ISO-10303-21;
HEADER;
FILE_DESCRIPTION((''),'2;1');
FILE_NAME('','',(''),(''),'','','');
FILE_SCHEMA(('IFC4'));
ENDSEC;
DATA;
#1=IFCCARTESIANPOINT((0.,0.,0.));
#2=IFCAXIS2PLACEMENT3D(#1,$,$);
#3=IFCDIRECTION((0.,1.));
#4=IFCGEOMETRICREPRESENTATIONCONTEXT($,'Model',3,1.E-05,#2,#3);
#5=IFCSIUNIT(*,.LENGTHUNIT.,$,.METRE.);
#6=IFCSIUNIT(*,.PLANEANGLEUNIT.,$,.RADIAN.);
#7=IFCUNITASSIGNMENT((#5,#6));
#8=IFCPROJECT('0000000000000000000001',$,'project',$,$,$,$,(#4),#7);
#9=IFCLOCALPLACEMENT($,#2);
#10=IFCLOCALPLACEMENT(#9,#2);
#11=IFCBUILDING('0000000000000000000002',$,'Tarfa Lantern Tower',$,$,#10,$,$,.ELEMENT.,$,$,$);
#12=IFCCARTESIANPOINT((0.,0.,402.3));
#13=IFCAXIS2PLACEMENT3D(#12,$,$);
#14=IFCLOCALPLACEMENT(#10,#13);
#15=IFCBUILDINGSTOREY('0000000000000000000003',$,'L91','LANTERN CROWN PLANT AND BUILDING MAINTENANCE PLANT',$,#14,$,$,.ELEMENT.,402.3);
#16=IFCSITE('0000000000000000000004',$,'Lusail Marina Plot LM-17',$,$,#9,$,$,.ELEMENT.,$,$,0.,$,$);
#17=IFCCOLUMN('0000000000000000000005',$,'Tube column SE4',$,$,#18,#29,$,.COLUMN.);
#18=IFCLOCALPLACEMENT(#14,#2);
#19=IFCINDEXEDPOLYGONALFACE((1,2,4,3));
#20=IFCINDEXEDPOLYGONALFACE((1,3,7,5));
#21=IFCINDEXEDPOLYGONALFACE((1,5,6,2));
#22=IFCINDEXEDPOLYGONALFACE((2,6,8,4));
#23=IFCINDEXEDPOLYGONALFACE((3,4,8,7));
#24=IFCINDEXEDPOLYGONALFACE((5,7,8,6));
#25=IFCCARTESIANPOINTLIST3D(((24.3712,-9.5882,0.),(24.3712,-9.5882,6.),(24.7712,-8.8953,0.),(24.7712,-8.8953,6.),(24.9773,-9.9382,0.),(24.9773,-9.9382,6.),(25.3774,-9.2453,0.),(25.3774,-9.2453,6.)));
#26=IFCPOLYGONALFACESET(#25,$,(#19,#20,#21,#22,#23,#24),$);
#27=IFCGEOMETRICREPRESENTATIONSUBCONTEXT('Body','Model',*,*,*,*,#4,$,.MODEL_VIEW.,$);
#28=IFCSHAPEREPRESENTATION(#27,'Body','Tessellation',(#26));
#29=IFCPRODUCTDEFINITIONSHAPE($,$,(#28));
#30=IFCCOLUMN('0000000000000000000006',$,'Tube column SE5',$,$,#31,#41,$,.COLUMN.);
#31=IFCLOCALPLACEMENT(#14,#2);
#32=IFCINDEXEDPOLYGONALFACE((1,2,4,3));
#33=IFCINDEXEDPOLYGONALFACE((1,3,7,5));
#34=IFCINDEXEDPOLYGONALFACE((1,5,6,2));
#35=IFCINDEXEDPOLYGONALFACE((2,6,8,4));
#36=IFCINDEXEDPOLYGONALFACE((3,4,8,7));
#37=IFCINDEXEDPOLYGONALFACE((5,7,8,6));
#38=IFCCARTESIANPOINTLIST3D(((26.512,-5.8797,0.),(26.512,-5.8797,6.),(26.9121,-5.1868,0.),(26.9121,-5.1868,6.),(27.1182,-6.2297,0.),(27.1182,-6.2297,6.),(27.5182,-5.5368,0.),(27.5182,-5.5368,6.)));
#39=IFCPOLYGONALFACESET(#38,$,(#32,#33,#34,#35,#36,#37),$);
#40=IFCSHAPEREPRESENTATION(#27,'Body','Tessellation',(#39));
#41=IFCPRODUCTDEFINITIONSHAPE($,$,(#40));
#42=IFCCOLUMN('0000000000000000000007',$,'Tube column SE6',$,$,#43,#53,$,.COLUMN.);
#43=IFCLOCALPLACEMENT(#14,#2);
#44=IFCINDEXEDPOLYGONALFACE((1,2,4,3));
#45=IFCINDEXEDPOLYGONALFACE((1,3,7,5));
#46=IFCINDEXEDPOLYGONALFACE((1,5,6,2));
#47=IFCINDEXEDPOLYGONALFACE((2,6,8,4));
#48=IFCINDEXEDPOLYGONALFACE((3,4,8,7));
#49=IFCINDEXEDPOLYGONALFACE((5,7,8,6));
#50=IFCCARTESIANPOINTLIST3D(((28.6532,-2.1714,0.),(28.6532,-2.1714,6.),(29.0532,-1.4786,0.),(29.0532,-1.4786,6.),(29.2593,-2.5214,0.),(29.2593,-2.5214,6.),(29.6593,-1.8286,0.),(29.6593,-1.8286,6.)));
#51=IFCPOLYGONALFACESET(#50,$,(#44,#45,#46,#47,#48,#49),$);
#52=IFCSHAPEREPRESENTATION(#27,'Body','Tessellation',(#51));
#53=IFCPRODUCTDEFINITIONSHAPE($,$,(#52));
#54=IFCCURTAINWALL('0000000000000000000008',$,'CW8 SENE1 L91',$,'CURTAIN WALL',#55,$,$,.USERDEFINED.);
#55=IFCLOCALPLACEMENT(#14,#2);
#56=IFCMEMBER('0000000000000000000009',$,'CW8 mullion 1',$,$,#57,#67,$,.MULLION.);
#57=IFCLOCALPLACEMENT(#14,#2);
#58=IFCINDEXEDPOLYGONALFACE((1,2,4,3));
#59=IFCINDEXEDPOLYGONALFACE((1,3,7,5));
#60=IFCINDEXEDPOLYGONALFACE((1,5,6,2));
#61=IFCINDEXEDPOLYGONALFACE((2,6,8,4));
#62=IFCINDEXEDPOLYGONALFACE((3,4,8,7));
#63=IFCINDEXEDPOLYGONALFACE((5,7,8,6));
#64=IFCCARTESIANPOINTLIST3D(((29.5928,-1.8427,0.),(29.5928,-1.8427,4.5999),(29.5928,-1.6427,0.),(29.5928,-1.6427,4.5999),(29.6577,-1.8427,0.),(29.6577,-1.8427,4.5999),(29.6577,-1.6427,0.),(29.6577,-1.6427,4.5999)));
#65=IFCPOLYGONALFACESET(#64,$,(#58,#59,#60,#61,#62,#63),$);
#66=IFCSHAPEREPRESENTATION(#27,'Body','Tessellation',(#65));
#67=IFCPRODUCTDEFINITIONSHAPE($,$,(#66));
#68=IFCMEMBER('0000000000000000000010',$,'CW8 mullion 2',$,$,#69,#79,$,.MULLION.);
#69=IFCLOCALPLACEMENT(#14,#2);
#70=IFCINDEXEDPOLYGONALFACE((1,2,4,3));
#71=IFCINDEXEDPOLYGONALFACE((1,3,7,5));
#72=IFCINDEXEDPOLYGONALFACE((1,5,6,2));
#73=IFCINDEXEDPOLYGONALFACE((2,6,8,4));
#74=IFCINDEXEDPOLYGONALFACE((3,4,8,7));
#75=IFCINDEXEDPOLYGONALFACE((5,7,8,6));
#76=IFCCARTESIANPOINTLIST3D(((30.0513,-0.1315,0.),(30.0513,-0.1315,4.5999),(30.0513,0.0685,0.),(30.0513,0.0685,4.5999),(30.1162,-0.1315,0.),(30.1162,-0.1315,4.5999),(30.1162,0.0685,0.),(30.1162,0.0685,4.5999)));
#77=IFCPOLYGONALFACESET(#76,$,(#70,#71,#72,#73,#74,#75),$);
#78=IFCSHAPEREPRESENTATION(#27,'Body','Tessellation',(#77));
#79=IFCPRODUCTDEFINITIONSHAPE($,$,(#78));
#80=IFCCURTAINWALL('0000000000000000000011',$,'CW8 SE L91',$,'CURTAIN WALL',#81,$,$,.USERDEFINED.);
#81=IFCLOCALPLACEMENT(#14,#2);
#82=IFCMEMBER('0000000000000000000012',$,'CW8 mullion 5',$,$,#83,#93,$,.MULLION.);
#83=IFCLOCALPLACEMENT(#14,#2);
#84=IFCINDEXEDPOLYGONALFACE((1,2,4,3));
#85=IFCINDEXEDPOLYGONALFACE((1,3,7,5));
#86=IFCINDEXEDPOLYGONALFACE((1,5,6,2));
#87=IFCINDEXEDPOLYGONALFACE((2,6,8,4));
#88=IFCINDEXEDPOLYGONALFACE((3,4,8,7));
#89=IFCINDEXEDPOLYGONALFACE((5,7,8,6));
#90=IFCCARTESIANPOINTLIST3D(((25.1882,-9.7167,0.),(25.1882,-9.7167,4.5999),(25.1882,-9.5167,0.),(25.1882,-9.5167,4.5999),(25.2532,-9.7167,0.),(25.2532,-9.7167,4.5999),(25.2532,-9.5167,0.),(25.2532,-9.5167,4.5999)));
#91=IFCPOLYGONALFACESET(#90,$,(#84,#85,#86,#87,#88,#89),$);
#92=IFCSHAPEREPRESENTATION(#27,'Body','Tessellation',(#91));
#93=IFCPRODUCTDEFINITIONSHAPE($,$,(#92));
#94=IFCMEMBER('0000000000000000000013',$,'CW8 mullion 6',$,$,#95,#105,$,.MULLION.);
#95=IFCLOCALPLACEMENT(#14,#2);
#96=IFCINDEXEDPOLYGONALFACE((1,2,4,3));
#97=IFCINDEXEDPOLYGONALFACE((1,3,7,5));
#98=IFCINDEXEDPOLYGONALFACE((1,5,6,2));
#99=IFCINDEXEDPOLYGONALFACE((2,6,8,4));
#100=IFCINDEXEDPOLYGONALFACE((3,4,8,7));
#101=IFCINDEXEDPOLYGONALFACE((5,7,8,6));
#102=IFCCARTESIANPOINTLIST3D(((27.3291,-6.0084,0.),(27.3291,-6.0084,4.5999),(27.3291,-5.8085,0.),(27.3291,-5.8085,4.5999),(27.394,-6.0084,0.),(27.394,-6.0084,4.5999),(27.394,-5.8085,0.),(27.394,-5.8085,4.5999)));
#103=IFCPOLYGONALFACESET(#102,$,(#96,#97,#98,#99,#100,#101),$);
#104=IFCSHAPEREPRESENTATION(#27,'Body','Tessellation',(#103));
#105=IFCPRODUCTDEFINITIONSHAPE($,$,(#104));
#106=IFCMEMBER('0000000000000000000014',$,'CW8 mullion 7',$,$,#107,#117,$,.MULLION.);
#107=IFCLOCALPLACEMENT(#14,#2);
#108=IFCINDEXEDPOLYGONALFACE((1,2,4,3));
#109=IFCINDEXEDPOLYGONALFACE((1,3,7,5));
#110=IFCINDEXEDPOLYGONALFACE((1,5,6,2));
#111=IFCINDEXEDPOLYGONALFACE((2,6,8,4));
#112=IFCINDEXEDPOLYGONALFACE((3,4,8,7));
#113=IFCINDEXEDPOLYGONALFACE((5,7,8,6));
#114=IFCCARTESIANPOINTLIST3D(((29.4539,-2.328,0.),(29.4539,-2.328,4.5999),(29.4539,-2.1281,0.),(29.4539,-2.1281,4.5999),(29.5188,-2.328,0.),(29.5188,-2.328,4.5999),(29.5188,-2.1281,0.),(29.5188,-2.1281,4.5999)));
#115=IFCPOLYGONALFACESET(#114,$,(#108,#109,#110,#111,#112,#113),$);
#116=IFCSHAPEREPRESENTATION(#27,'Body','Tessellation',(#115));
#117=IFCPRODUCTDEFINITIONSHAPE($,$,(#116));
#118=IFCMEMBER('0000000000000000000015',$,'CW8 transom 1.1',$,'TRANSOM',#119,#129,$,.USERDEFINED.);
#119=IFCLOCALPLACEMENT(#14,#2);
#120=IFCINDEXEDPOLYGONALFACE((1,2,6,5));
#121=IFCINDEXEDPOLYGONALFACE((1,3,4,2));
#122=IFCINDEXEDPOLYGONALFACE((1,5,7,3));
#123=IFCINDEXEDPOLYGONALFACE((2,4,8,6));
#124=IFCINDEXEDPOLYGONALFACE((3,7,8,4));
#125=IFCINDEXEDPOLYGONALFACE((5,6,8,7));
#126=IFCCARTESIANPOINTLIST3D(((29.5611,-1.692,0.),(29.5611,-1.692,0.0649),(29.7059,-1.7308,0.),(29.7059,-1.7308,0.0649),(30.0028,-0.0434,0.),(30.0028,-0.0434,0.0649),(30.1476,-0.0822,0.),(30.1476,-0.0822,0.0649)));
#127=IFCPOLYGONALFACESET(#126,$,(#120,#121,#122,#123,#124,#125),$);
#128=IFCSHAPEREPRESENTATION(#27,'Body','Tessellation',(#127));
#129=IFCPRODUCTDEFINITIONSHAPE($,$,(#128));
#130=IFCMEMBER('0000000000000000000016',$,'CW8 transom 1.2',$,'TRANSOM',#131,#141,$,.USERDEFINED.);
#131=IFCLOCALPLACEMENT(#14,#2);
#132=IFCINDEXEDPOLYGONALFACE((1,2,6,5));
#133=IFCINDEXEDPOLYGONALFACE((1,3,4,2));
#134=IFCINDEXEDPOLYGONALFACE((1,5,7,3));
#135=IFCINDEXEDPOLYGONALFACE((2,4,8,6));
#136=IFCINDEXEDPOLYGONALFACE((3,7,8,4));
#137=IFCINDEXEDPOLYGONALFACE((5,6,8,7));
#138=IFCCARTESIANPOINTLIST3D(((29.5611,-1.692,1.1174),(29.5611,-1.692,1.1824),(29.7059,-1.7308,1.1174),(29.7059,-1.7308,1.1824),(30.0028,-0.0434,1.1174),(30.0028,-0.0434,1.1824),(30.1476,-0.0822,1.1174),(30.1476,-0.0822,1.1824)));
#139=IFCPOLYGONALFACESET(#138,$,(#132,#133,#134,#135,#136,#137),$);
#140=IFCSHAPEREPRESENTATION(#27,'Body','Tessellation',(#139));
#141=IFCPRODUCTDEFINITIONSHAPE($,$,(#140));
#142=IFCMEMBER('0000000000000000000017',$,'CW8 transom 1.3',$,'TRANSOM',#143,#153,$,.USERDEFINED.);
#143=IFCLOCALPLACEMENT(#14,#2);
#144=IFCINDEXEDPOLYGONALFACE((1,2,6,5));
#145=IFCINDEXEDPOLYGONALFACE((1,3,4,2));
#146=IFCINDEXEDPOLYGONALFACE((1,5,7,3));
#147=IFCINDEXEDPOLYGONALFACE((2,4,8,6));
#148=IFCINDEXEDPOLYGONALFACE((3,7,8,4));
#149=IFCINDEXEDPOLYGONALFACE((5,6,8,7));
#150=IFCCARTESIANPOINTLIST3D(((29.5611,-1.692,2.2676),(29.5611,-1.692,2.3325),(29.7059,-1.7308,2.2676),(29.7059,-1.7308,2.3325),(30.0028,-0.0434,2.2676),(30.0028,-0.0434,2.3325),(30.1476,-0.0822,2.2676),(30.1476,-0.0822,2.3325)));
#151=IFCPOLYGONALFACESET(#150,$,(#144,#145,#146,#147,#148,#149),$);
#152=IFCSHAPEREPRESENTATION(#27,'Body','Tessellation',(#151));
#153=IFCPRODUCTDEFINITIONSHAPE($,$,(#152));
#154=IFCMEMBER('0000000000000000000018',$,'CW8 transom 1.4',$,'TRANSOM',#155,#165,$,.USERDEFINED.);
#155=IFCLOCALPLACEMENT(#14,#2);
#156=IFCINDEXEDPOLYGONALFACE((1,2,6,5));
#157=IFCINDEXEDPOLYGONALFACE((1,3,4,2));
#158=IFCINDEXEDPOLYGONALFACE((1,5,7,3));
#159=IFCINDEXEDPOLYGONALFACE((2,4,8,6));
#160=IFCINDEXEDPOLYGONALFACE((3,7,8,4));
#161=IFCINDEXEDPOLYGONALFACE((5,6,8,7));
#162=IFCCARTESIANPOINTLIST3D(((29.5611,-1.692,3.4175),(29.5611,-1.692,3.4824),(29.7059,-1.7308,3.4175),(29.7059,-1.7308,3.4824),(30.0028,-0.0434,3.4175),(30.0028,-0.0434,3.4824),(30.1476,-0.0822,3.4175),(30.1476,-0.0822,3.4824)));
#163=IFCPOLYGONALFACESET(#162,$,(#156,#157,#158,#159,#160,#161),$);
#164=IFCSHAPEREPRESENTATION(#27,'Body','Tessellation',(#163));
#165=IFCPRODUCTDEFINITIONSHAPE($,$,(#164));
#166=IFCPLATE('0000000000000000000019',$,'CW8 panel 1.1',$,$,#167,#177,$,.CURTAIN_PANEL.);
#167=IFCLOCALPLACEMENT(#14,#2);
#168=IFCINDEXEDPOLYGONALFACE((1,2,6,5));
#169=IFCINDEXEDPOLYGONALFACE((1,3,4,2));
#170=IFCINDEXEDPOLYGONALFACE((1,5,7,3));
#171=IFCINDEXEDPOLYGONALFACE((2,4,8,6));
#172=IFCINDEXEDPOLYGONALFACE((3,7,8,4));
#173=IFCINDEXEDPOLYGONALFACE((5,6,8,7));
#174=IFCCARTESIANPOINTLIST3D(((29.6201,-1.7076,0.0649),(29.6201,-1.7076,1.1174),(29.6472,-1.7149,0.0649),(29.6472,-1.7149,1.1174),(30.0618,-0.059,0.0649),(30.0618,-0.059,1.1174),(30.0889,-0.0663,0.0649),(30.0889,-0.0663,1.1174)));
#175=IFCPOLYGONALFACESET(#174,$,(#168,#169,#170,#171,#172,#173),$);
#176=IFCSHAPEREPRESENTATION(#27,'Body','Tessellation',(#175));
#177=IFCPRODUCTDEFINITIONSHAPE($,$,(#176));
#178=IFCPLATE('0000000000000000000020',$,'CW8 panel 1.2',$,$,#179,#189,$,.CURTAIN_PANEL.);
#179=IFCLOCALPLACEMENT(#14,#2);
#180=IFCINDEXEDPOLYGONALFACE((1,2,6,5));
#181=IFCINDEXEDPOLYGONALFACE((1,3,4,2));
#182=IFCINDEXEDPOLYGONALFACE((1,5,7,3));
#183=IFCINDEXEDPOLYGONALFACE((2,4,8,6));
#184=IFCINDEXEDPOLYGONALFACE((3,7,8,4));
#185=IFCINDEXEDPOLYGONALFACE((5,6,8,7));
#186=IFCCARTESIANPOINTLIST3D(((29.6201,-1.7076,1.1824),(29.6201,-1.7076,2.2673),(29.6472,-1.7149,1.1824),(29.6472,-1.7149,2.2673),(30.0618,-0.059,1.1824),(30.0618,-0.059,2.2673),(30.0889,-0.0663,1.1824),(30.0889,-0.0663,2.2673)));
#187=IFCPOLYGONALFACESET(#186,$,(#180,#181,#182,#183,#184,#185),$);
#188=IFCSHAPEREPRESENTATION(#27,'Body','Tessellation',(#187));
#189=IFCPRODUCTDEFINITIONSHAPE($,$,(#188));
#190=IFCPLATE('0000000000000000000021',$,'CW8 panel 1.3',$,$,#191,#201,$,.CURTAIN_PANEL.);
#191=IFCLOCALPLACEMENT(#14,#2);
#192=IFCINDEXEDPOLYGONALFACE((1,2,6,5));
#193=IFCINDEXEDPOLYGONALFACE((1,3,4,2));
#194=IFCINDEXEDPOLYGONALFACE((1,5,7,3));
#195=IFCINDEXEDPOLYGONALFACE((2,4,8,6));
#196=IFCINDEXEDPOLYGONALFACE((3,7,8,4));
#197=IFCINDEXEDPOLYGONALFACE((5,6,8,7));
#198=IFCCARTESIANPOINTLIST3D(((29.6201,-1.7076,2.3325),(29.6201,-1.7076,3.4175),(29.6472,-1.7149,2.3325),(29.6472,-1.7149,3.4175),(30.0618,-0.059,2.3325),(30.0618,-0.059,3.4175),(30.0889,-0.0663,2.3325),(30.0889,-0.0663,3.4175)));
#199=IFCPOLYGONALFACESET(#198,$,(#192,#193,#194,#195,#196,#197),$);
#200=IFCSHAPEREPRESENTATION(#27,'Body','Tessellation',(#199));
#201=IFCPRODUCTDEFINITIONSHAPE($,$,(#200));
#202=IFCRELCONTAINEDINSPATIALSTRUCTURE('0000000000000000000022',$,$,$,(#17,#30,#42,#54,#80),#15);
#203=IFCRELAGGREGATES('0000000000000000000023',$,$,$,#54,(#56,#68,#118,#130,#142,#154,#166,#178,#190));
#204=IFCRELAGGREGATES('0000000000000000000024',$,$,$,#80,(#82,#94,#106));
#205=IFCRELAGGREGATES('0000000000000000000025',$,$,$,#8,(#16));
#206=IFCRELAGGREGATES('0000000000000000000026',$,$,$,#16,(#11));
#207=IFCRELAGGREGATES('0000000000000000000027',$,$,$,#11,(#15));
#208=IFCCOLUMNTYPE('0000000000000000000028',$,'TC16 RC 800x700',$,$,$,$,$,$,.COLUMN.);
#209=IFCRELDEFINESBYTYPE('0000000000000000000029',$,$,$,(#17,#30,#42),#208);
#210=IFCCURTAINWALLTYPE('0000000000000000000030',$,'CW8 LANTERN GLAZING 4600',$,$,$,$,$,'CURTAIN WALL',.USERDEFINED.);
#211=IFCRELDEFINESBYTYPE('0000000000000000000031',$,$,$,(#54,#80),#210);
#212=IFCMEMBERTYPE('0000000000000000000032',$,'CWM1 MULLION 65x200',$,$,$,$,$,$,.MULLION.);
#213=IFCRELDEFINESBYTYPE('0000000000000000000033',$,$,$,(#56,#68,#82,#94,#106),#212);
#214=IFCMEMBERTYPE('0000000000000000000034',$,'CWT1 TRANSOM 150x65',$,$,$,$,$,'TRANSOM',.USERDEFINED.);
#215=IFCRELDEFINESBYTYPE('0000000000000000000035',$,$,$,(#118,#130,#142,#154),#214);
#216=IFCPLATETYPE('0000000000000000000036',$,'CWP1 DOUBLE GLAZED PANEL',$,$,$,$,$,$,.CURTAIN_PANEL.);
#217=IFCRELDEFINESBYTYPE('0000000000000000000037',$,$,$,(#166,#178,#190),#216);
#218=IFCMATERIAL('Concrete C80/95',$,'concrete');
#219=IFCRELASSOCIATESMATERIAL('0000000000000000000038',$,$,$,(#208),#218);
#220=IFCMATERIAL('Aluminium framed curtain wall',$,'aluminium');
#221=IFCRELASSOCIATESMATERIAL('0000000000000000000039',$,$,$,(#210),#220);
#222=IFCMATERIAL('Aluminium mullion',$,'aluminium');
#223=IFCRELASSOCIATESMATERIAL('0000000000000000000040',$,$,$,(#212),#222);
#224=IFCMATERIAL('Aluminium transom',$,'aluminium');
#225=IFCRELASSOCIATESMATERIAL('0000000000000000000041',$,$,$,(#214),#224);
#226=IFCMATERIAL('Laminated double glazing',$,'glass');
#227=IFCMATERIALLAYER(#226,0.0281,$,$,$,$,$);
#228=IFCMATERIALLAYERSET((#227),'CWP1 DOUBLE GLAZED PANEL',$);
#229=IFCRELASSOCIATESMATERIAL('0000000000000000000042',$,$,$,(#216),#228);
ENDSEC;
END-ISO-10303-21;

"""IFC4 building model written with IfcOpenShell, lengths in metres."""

from ifc_helpers import new_model, si_unit, direction, frame, origin, origin_2d, place, context, subcontext, project, spatial, rectangle, extrude, material, layer, layer_set, material_profile, profile_set, type_object, element, aggregate, save


model = new_model("IFC4")

# Units and contexts
model_context = context("Model", 3, precision=1e-05, world=origin(), true_north=direction((0.0, 1.0)))
body_context = subcontext(model_context, "Body", "Model", "MODEL_VIEW")
ifc_project = project(units=[si_unit("LENGTHUNIT", "METRE"), si_unit("PLANEANGLEUNIT", "RADIAN")], contexts=[model_context])

# Site, building, storey
site_placement = place(None, origin())
site = spatial("IfcSite", under=ifc_project, at=site_placement, Name="Lusail Marina Plot LM-17", CompositionType="ELEMENT", RefElevation=0.0)
building_placement = place(site_placement, origin())
building = spatial("IfcBuilding", under=site, at=building_placement, Name="Tarfa Lantern Tower", CompositionType="ELEMENT")
storey_placement = place(building_placement, frame((0.0, 0.0, 402.3)))
storey = spatial("IfcBuildingStorey", under=building, at=storey_placement, Name="L91", Description="LANTERN CROWN PLANT AND BUILDING MAINTENANCE PLANT", CompositionType="ELEMENT", Elevation=402.3)

# Columns
ifc_material_1 = material(Name="Concrete C80/95", Category="concrete")
ifc_material_profile_1 = material_profile(ifc_material_1, rectangle(XDim=0.8, YDim=0.7, at=origin_2d()), Name="RC 800x700")
ifc_profile_set_1 = profile_set([ifc_material_profile_1], Name="Concrete C80/95")
column_type = type_object("IfcColumnType", Name="TC16 RC 800x700", PredefinedType="COLUMN", material=ifc_profile_set_1)
for number, where, z_axis, x_axis, name in (
    (1, (24.8743, -9.4167, 0.0), (0.0, 0.0, 1.0), (0.5, 0.866025, 0.0), "Tube column SE4"),
    (2, (27.0151, -5.7083, 0.0), (0.0, 0.0, 1.0), (0.5, 0.866025, 0.0), "Tube column SE5"),
    (3, (29.1562, -2.0, 0.0), (0.0, 0.0, 1.0), (0.5, 0.866025, 0.0), "Tube column SE6"),
):
    element("IfcColumn", number, at=place(storey_placement, frame(where, z_axis=z_axis, x_axis=x_axis)), inside=storey, type_object=column_type, Name=name, PredefinedType="COLUMN", context=body_context, shape_type="SweptSolid", body=[
        extrude(rectangle(XDim=0.8, YDim=0.7, at=origin_2d()), origin(), (0.0, 0.0, 1.0), 6.0),
    ])

# Curtain walls, members
ifc_material_2 = material(Name="Aluminium framed curtain wall", Category="aluminium")
curtain_wall_type = type_object("IfcCurtainWallType", Name="CW8 LANTERN GLAZING 4600", ElementType="CURTAIN WALL", PredefinedType="USERDEFINED", material=ifc_material_2)
curtain_wall_1_placement = place(storey_placement, origin())
curtain_wall_1 = element("IfcCurtainWall", 4, at=curtain_wall_1_placement, inside=storey, type_object=curtain_wall_type, Name="CW8 SENE1 L91", ObjectType="CURTAIN WALL", PredefinedType="USERDEFINED")
ifc_material_3 = material(Name="Aluminium mullion", Category="aluminium")
ifc_material_profile_2 = material_profile(ifc_material_3, rectangle(XDim=0.0649, YDim=0.2, at=origin_2d()), Name="AL MULLION 65x200")
ifc_profile_set_2 = profile_set([ifc_material_profile_2], Name="Aluminium mullion")
member_type_1 = type_object("IfcMemberType", Name="CWM1 MULLION 65x200", PredefinedType="MULLION", material=ifc_profile_set_2)
member_1_placement = place(storey_placement, frame((29.6252, -1.7427, 0.0), z_axis=(0.0, 0.0, 1.0), x_axis=(1.0, 0.0, 0.0)))
member_1 = element("IfcMember", 5, at=member_1_placement, type_object=member_type_1, Name="CW8 mullion 1", PredefinedType="MULLION", context=body_context, shape_type="SweptSolid", body=[
    extrude(rectangle(XDim=0.0649, YDim=0.2, at=origin_2d()), origin(), (0.0, 0.0, 1.0), 4.5999),
])
member_2_placement = place(storey_placement, frame((30.0837, -0.0315, 0.0), z_axis=(0.0, 0.0, 1.0), x_axis=(1.0, 0.0, 0.0)))
member_2 = element("IfcMember", 6, at=member_2_placement, type_object=member_type_1, Name="CW8 mullion 2", PredefinedType="MULLION", context=body_context, shape_type="SweptSolid", body=[
    extrude(rectangle(XDim=0.0649, YDim=0.2, at=origin_2d()), origin(), (0.0, 0.0, 1.0), 4.5999),
])
curtain_wall_2_placement = place(storey_placement, origin())
curtain_wall_2 = element("IfcCurtainWall", 7, at=curtain_wall_2_placement, inside=storey, type_object=curtain_wall_type, Name="CW8 SE L91", ObjectType="CURTAIN WALL", PredefinedType="USERDEFINED")
member_3_placement = place(storey_placement, frame((25.2207, -9.6167, 0.0), z_axis=(0.0, 0.0, 1.0), x_axis=(1.0, 0.0, 0.0)))
member_3 = element("IfcMember", 8, at=member_3_placement, type_object=member_type_1, Name="CW8 mullion 5", PredefinedType="MULLION", context=body_context, shape_type="SweptSolid", body=[
    extrude(rectangle(XDim=0.0649, YDim=0.2, at=origin_2d()), origin(), (0.0, 0.0, 1.0), 4.5999),
])
member_4_placement = place(storey_placement, frame((27.3616, -5.9084, 0.0), z_axis=(0.0, 0.0, 1.0), x_axis=(1.0, 0.0, 0.0)))
member_4 = element("IfcMember", 9, at=member_4_placement, type_object=member_type_1, Name="CW8 mullion 6", PredefinedType="MULLION", context=body_context, shape_type="SweptSolid", body=[
    extrude(rectangle(XDim=0.0649, YDim=0.2, at=origin_2d()), origin(), (0.0, 0.0, 1.0), 4.5999),
])
member_5_placement = place(storey_placement, frame((29.4863, -2.228, 0.0), z_axis=(0.0, 0.0, 1.0), x_axis=(1.0, 0.0, 0.0)))
member_5 = element("IfcMember", 10, at=member_5_placement, type_object=member_type_1, Name="CW8 mullion 7", PredefinedType="MULLION", context=body_context, shape_type="SweptSolid", body=[
    extrude(rectangle(XDim=0.0649, YDim=0.2, at=origin_2d()), origin(), (0.0, 0.0, 1.0), 4.5999),
])

# Members
ifc_material_4 = material(Name="Aluminium transom", Category="aluminium")
ifc_material_profile_3 = material_profile(ifc_material_4, rectangle(XDim=0.1499, YDim=0.0649, at=origin_2d()), Name="AL TRANSOM 150x65")
ifc_profile_set_3 = profile_set([ifc_material_profile_3], Name="Aluminium transom")
member_type_2 = type_object("IfcMemberType", Name="CWT1 TRANSOM 150x65", ElementType="TRANSOM", PredefinedType="USERDEFINED", material=ifc_profile_set_3)
member_6_placement = place(storey_placement, frame((29.6335, -1.7114, 0.0325), z_axis=(0.258758, 0.965942, 0.0), x_axis=(-0.965942, 0.258758, 0.0)))
member_6 = element("IfcMember", 11, at=member_6_placement, type_object=member_type_2, Name="CW8 transom 1.1", ObjectType="TRANSOM", PredefinedType="USERDEFINED", context=body_context, shape_type="SweptSolid", body=[
    extrude(rectangle(XDim=0.1499, YDim=0.0649, at=origin_2d()), origin(), (0.0, 0.0, 1.0), 1.7068),
])
member_7_placement = place(storey_placement, frame((29.6335, -1.7114, 1.1499), z_axis=(0.258758, 0.965942, 0.0), x_axis=(-0.965942, 0.258758, 0.0)))
member_7 = element("IfcMember", 12, at=member_7_placement, type_object=member_type_2, Name="CW8 transom 1.2", ObjectType="TRANSOM", PredefinedType="USERDEFINED", context=body_context, shape_type="SweptSolid", body=[
    extrude(rectangle(XDim=0.1499, YDim=0.0649, at=origin_2d()), origin(), (0.0, 0.0, 1.0), 1.7068),
])
member_8_placement = place(storey_placement, frame((29.6335, -1.7114, 2.3), z_axis=(0.258758, 0.965942, 0.0), x_axis=(-0.965942, 0.258758, 0.0)))
member_8 = element("IfcMember", 13, at=member_8_placement, type_object=member_type_2, Name="CW8 transom 1.3", ObjectType="TRANSOM", PredefinedType="USERDEFINED", context=body_context, shape_type="SweptSolid", body=[
    extrude(rectangle(XDim=0.1499, YDim=0.0649, at=origin_2d()), origin(), (0.0, 0.0, 1.0), 1.7068),
])
member_9_placement = place(storey_placement, frame((29.6335, -1.7114, 3.45), z_axis=(0.258758, 0.965942, 0.0), x_axis=(-0.965942, 0.258758, 0.0)))
member_9 = element("IfcMember", 14, at=member_9_placement, type_object=member_type_2, Name="CW8 transom 1.4", ObjectType="TRANSOM", PredefinedType="USERDEFINED", context=body_context, shape_type="SweptSolid", body=[
    extrude(rectangle(XDim=0.1499, YDim=0.0649, at=origin_2d()), origin(), (0.0, 0.0, 1.0), 1.7068),
])

# Plates
ifc_material_5 = material(Name="Laminated double glazing", Category="glass")
ifc_layer = layer(ifc_material_5, 0.0281)
ifc_layer_set = layer_set([ifc_layer], Name="CWP1 DOUBLE GLAZED PANEL")
plate_type = type_object("IfcPlateType", Name="CWP1 DOUBLE GLAZED PANEL", PredefinedType="CURTAIN_PANEL", material=ifc_layer_set)
plate_1_placement = place(storey_placement, frame((29.8545, -0.887, 0.0649), z_axis=(0.0, 0.0, 1.0), x_axis=(0.258819, 0.965926, 0.0)))
plate_1 = element("IfcPlate", 15, at=plate_1_placement, type_object=plate_type, Name="CW8 panel 1.1", PredefinedType="CURTAIN_PANEL", context=body_context, shape_type="SweptSolid", body=[
    extrude(rectangle(XDim=1.7068, YDim=0.0281, at=origin_2d()), origin(), (0.0, 0.0, 1.0), 1.0525),
])
plate_2_placement = place(storey_placement, frame((29.8545, -0.887, 1.1824), z_axis=(0.0, 0.0, 1.0), x_axis=(0.258819, 0.965926, 0.0)))
plate_2 = element("IfcPlate", 16, at=plate_2_placement, type_object=plate_type, Name="CW8 panel 1.2", PredefinedType="CURTAIN_PANEL", context=body_context, shape_type="SweptSolid", body=[
    extrude(rectangle(XDim=1.7068, YDim=0.0281, at=origin_2d()), origin(), (0.0, 0.0, 1.0), 1.085),
])
plate_3_placement = place(storey_placement, frame((29.8545, -0.887, 2.3325), z_axis=(0.0, 0.0, 1.0), x_axis=(0.258819, 0.965926, 0.0)))
plate_3 = element("IfcPlate", 17, at=plate_3_placement, type_object=plate_type, Name="CW8 panel 1.3", PredefinedType="CURTAIN_PANEL", context=body_context, shape_type="SweptSolid", body=[
    extrude(rectangle(XDim=1.7068, YDim=0.0281, at=origin_2d()), origin(), (0.0, 0.0, 1.0), 1.085),
])
aggregate(curtain_wall_1, [member_1, member_2, member_6, member_7, member_8, member_9, plate_1, plate_2, plate_3])
aggregate(curtain_wall_2, [member_3, member_4, member_5])

save(model, "model.ifc")
